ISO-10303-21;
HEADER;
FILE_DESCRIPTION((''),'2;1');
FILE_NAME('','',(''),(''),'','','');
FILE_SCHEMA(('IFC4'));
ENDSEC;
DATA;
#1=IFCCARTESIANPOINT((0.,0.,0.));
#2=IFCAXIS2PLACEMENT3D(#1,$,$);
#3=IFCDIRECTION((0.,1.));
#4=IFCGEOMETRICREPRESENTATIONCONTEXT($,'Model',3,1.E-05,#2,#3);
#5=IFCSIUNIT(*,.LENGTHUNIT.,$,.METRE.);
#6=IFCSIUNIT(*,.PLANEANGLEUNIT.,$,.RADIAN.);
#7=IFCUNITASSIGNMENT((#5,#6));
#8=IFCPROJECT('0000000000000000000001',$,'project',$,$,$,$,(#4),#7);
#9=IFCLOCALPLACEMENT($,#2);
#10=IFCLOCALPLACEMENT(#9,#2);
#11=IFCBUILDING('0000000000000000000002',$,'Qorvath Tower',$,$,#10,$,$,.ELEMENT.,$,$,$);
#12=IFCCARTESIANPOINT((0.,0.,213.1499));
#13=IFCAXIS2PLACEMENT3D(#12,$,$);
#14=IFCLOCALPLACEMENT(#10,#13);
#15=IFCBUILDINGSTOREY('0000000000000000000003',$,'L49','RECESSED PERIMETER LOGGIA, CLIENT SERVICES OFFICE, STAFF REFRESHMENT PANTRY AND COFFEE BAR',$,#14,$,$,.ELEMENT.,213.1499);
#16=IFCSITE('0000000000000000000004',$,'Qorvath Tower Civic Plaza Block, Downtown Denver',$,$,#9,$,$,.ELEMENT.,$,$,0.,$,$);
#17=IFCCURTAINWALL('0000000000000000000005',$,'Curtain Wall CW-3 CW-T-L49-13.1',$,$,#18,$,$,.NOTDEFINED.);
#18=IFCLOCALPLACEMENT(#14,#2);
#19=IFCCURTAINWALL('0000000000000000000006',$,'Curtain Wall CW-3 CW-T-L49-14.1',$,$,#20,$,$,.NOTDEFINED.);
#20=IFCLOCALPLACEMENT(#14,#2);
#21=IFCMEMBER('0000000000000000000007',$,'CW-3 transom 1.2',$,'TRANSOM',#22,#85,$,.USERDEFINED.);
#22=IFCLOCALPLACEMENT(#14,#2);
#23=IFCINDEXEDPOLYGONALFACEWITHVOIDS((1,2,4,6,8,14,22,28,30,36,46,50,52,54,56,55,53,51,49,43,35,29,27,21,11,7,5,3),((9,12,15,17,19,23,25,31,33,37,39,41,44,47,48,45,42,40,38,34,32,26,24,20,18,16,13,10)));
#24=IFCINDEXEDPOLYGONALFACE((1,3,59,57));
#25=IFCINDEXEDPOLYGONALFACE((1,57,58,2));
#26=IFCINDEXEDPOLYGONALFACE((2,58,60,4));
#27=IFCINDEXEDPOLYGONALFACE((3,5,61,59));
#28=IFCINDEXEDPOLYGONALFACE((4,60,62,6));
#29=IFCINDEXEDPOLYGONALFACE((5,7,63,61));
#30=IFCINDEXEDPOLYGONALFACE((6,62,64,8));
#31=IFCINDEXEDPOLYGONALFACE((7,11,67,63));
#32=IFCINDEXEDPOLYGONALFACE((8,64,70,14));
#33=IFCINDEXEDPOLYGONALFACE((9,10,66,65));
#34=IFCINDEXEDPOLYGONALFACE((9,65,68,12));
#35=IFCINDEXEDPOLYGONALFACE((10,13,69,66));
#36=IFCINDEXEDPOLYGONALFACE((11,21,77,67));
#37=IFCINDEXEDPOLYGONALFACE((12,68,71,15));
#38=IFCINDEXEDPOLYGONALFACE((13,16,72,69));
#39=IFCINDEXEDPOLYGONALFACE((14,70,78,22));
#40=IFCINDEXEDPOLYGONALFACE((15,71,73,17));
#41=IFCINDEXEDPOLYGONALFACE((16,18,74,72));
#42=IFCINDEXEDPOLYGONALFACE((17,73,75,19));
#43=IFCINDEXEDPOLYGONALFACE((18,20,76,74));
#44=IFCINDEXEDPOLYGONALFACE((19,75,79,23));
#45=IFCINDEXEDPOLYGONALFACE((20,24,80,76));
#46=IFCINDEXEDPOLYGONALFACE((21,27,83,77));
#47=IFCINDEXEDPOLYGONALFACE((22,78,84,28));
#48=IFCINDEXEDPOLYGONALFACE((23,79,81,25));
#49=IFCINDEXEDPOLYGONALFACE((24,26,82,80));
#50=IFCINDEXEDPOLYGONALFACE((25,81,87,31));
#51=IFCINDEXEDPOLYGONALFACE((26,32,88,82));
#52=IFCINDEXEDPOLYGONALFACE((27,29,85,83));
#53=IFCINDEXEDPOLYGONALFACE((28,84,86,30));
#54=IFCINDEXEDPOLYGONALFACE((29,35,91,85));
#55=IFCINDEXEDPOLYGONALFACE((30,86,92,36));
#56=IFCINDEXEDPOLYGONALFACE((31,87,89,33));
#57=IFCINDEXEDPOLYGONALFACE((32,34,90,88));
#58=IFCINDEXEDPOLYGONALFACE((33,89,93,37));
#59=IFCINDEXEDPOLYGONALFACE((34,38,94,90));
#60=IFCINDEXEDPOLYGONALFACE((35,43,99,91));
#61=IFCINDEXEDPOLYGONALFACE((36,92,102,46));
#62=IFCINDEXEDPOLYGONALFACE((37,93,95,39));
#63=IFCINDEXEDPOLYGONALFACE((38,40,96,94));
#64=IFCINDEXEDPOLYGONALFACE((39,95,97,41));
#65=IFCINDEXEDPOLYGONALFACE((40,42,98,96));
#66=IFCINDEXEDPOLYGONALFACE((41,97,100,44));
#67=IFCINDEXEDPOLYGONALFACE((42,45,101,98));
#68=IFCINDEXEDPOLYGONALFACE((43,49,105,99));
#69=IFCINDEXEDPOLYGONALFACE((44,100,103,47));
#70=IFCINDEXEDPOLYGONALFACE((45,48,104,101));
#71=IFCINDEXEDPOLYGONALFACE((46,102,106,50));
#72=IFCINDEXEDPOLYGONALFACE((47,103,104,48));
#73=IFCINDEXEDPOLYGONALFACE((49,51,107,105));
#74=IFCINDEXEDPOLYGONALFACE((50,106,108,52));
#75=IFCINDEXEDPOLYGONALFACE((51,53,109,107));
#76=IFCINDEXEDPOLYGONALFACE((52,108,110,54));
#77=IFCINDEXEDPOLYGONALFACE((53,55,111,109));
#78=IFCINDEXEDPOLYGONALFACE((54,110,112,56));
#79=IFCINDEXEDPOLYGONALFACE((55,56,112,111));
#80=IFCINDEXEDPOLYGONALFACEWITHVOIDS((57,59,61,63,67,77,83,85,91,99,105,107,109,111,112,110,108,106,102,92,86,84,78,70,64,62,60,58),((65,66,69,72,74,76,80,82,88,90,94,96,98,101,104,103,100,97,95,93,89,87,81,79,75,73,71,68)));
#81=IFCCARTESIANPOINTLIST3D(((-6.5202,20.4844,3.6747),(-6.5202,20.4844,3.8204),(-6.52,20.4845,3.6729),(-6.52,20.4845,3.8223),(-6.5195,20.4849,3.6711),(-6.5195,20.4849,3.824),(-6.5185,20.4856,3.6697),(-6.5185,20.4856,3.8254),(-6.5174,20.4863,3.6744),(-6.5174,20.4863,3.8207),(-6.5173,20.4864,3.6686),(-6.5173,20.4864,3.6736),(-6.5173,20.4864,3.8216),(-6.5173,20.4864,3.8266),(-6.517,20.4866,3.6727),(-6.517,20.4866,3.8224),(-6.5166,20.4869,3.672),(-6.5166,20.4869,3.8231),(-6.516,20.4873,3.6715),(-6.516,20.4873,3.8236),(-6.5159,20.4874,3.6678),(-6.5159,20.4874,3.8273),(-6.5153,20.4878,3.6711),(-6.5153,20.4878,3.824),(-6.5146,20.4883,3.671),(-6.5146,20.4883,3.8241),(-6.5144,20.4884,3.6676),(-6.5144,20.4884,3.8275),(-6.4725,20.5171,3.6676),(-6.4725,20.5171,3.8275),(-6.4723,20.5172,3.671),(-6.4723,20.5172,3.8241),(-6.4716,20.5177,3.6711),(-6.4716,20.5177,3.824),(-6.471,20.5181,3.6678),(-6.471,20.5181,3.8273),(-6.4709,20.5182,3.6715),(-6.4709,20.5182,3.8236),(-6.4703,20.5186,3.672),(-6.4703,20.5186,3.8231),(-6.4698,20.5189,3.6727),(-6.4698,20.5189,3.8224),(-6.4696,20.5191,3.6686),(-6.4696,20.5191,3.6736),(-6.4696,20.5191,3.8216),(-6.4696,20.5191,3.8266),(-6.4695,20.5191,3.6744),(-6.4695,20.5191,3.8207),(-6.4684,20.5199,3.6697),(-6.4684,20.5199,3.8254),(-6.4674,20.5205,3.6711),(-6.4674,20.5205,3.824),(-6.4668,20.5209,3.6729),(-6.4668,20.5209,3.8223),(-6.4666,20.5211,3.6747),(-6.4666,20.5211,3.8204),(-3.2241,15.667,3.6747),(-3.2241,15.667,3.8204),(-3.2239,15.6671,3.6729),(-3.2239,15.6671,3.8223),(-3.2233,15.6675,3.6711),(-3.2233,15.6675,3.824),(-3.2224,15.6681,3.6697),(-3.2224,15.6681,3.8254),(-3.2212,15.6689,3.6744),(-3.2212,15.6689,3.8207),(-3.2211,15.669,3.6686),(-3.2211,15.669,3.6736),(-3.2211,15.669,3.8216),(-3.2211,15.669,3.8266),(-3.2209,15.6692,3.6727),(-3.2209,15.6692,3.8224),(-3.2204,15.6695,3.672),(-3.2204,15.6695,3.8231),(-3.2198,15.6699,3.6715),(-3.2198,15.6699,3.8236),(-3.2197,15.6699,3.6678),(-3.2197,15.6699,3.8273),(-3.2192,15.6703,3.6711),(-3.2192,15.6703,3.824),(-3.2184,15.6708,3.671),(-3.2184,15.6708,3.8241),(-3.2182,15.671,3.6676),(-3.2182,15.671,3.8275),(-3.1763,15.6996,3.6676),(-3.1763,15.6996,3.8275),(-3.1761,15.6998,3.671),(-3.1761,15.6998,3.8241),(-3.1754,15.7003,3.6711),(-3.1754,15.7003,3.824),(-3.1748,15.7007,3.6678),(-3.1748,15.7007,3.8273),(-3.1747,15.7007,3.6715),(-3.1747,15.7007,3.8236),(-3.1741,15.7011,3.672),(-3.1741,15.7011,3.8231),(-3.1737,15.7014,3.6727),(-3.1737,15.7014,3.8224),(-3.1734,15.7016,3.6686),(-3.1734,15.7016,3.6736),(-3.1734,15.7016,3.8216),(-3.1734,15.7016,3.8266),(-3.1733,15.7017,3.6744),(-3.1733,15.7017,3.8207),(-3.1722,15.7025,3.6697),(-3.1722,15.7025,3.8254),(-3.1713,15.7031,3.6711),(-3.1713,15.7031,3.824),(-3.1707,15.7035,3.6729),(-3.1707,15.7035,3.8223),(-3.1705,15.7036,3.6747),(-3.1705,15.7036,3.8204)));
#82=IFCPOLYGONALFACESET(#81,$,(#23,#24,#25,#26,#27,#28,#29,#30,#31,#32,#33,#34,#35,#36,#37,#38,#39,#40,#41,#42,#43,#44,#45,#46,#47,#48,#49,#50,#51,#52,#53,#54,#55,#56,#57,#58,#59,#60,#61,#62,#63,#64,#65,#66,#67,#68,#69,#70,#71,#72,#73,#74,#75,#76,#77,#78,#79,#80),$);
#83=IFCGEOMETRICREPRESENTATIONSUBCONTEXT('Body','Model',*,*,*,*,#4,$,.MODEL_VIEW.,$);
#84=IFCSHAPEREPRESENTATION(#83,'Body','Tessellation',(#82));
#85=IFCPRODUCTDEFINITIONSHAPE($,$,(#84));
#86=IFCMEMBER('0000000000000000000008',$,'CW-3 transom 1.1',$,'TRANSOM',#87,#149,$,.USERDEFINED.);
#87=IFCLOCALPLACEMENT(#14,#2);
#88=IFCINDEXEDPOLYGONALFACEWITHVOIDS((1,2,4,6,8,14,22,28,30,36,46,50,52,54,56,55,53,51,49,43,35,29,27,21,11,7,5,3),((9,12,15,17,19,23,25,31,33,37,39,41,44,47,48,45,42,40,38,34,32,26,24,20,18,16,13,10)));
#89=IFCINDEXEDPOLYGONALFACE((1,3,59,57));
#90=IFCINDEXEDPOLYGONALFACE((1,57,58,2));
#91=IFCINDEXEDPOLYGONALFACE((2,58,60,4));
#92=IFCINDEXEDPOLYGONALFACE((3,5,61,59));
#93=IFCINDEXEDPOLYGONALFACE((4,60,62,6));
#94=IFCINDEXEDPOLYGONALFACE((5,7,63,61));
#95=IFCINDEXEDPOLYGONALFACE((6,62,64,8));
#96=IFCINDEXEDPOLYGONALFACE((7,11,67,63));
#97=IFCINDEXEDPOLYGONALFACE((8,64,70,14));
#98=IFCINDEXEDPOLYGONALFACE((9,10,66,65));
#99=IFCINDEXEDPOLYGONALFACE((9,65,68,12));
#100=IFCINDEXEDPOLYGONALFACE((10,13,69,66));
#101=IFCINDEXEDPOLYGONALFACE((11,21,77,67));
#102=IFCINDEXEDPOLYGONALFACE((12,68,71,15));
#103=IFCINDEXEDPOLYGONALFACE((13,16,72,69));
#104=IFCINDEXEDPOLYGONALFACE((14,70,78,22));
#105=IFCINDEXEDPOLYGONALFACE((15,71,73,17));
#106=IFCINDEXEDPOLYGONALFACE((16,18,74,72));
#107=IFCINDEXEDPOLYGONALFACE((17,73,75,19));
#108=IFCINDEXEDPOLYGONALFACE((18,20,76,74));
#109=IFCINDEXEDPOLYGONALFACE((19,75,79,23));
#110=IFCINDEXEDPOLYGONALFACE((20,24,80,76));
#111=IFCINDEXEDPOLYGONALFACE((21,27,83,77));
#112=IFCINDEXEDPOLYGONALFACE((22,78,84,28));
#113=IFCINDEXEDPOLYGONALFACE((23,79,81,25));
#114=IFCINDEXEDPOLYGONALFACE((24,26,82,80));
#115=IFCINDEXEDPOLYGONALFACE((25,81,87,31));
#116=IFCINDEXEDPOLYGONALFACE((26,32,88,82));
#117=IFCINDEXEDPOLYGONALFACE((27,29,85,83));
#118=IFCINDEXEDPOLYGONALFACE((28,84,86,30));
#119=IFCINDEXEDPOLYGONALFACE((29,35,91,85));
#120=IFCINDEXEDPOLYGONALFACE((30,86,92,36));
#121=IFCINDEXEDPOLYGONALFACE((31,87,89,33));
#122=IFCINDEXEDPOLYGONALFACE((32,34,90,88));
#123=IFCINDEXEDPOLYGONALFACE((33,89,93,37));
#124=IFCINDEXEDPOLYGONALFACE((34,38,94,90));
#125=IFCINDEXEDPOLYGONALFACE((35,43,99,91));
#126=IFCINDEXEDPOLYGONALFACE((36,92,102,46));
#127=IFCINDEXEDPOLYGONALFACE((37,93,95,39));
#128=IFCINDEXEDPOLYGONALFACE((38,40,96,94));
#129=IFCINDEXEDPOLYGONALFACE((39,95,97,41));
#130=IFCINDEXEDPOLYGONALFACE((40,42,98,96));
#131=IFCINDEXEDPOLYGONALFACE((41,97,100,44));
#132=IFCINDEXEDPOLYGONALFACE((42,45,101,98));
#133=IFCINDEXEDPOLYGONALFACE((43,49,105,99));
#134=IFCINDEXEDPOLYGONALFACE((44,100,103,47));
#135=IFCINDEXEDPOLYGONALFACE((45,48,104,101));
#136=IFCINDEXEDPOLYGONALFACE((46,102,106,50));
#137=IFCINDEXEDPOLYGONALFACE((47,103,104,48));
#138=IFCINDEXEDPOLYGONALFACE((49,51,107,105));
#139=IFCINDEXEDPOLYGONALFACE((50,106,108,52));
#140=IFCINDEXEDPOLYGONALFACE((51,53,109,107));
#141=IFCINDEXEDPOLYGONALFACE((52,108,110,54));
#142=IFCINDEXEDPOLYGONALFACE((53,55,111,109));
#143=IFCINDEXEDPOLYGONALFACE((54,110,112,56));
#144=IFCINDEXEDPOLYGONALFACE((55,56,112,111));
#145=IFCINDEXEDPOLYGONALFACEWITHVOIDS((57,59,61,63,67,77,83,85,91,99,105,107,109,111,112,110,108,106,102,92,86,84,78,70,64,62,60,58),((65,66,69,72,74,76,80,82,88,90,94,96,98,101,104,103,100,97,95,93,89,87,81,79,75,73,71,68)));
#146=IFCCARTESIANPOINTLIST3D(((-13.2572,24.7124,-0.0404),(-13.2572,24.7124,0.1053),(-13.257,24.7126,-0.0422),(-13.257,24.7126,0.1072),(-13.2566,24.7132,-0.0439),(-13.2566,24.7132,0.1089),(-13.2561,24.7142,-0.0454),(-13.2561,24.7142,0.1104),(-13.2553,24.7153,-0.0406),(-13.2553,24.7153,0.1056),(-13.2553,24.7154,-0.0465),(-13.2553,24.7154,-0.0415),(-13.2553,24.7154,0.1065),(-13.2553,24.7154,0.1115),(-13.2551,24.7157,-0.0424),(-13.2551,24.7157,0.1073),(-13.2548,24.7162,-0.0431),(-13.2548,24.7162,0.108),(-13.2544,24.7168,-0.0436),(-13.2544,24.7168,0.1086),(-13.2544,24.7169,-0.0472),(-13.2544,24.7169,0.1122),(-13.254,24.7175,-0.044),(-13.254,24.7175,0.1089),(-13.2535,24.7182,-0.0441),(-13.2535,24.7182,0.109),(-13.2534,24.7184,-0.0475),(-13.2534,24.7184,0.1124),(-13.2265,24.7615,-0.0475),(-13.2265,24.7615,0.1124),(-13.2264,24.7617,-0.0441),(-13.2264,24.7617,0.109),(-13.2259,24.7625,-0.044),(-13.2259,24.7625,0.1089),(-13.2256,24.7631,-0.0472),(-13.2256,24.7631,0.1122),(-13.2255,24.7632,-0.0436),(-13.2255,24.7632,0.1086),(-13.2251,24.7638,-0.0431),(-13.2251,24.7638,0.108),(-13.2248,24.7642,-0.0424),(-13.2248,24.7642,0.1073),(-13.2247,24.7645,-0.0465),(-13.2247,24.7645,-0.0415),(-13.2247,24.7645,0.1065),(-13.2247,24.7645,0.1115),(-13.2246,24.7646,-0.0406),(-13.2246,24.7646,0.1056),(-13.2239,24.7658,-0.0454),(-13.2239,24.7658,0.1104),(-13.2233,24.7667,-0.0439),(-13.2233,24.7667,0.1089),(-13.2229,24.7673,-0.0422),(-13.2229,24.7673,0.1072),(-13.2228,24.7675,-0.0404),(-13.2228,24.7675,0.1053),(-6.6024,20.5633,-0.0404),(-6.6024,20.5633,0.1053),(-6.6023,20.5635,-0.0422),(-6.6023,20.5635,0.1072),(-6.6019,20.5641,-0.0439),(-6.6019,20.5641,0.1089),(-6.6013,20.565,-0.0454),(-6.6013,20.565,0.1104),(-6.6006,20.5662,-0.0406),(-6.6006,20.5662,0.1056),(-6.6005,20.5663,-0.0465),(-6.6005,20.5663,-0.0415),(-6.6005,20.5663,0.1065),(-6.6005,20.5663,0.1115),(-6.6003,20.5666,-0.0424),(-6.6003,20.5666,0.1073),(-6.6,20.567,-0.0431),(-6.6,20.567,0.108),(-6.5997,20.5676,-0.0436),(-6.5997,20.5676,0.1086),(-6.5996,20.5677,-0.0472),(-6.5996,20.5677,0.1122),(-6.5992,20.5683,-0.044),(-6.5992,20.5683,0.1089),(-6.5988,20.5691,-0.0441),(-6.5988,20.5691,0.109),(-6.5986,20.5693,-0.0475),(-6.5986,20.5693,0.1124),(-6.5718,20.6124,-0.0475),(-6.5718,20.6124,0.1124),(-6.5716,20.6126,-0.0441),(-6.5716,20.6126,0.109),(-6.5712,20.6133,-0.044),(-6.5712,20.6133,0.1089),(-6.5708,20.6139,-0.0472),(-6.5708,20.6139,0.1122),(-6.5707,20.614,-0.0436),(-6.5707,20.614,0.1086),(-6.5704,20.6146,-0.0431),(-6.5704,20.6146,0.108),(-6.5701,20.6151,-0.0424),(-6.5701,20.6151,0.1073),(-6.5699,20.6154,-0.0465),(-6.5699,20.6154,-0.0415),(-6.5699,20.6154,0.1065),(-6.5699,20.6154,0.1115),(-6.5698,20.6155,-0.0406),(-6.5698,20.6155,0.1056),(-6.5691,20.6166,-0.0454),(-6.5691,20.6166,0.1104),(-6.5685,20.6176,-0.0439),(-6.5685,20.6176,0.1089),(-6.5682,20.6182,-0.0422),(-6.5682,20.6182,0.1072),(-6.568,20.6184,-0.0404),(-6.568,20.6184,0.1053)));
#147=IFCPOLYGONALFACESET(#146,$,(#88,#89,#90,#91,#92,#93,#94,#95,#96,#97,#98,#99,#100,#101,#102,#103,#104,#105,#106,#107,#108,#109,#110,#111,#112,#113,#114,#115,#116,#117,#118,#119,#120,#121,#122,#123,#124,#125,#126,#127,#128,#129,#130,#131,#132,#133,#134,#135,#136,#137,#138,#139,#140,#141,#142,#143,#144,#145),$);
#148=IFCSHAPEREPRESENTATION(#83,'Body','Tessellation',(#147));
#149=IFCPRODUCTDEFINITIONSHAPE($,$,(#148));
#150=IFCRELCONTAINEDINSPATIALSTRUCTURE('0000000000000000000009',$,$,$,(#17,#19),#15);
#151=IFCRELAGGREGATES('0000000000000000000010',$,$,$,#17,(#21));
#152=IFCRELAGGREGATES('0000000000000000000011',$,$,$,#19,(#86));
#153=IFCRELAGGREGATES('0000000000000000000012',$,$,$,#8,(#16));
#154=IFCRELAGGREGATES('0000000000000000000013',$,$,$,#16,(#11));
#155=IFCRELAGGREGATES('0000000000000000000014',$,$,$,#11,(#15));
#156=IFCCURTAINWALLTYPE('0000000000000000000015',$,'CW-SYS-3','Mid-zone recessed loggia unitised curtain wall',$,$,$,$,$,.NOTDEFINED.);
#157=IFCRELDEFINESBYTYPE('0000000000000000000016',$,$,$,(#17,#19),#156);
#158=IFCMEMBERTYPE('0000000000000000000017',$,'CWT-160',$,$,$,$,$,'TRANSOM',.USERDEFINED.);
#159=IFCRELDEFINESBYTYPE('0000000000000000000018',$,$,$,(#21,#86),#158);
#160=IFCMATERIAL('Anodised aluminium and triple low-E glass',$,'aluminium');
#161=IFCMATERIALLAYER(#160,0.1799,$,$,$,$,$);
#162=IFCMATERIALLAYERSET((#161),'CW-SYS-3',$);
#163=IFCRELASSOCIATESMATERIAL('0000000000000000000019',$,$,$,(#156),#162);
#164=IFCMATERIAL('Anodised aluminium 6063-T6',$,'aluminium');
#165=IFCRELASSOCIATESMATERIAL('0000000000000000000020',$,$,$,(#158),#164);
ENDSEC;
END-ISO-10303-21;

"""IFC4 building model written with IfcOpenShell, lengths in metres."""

from ifc_helpers import new_model, si_unit, direction, frame, origin, origin_2d, place, context, subcontext, project, spatial, hollow_rectangle, extrude, material, layer, layer_set, material_profile, profile_set, type_object, element, aggregate, save


model = new_model("IFC4")

# Units and contexts
model_context = context("Model", 3, precision=1e-05, world=origin(), true_north=direction((0.0, 1.0)))
body_context = subcontext(model_context, "Body", "Model", "MODEL_VIEW")
ifc_project = project(units=[si_unit("LENGTHUNIT", "METRE"), si_unit("PLANEANGLEUNIT", "RADIAN")], contexts=[model_context])

# Site, building, storey
site_placement = place(None, origin())
site = spatial("IfcSite", under=ifc_project, at=site_placement, Name="Qorvath Tower Civic Plaza Block, Downtown Denver", CompositionType="ELEMENT", RefElevation=0.0)
building_placement = place(site_placement, origin())
building = spatial("IfcBuilding", under=site, at=building_placement, Name="Qorvath Tower", CompositionType="ELEMENT")
storey_placement = place(building_placement, frame((0.0, 0.0, 213.1499)))
storey = spatial("IfcBuildingStorey", under=building, at=storey_placement, Name="L49", Description="RECESSED PERIMETER LOGGIA, CLIENT SERVICES OFFICE, STAFF REFRESHMENT PANTRY AND COFFEE BAR", CompositionType="ELEMENT", Elevation=213.1499)

# Shared definitions
ifc_material_1 = material(Name="Anodised aluminium and triple low-E glass", Category="aluminium")
ifc_layer_1 = layer(ifc_material_1, 0.1799)
ifc_layer_set_1 = layer_set([ifc_layer_1], Name="CW-SYS-3")
curtain_wall_type = type_object("IfcCurtainWallType", Name="CW-SYS-3", Description="Mid-zone recessed loggia unitised curtain wall", PredefinedType="NOTDEFINED", material=ifc_layer_set_1)

# Curtain walls
curtain_wall_1_placement = place(storey_placement, origin())
curtain_wall_1 = element("IfcCurtainWall", 1, at=curtain_wall_1_placement, inside=storey, type_object=curtain_wall_type, Name="Curtain Wall CW-3 CW-T-L49-13.1", PredefinedType="NOTDEFINED")
curtain_wall_2_placement = place(storey_placement, origin())
curtain_wall_2 = element("IfcCurtainWall", 2, at=curtain_wall_2_placement, inside=storey, type_object=curtain_wall_type, Name="Curtain Wall CW-3 CW-T-L49-14.1", PredefinedType="NOTDEFINED")

# Members
ifc_material_2 = material(Name="Anodised aluminium 6063-T6", Category="aluminium")
ifc_material_profile_1 = material_profile(ifc_material_2, hollow_rectangle(XDim=0.0649, YDim=0.1599, WallThickness=0.0034, InnerFilletRadius=0.0034, OuterFilletRadius=0.0071, at=origin_2d()), Name="CWT 160x65")
ifc_profile_set_1 = profile_set([ifc_material_profile_1], Name="Anodised aluminium 6063-T6")
member_type_1 = type_object("IfcMemberType", Name="CWT-160", ElementType="TRANSOM", PredefinedType="USERDEFINED", material=ifc_profile_set_1)
member_1_placement = place(storey_placement, frame((-3.1973, 15.6853, 3.7476), z_axis=(-0.564688, 0.825304, 0.0), x_axis=(-0.825304, -0.564688, 0.0)))
member_1 = element("IfcMember", 3, at=member_1_placement, type_object=member_type_1, Name="CW-3 transom 1.2", ObjectType="TRANSOM", PredefinedType="USERDEFINED", context=body_context, shape_type="SweptSolid", body=[
    extrude(hollow_rectangle(XDim=0.0649, YDim=0.1599, WallThickness=0.0034, InnerFilletRadius=0.0034, OuterFilletRadius=0.0071, at=origin_2d()), origin(), (0.0, 0.0, 1.0), 5.8372),
])
member_2_placement = place(storey_placement, frame((-6.5852, 20.5908, 0.0325), z_axis=(-0.848575, 0.529075, 0.0), x_axis=(-0.529075, -0.848575, 0.0)))
member_2 = element("IfcMember", 4, at=member_2_placement, type_object=member_type_1, Name="CW-3 transom 1.1", ObjectType="TRANSOM", PredefinedType="USERDEFINED", context=body_context, shape_type="SweptSolid", body=[
    extrude(hollow_rectangle(XDim=0.0649, YDim=0.1599, WallThickness=0.0034, InnerFilletRadius=0.0034, OuterFilletRadius=0.0071, at=origin_2d()), origin(), (0.0, 0.0, 1.0), 7.8423),
])

aggregate(curtain_wall_1, [member_1])
aggregate(curtain_wall_2, [member_2])

save(model, "model.ifc")
